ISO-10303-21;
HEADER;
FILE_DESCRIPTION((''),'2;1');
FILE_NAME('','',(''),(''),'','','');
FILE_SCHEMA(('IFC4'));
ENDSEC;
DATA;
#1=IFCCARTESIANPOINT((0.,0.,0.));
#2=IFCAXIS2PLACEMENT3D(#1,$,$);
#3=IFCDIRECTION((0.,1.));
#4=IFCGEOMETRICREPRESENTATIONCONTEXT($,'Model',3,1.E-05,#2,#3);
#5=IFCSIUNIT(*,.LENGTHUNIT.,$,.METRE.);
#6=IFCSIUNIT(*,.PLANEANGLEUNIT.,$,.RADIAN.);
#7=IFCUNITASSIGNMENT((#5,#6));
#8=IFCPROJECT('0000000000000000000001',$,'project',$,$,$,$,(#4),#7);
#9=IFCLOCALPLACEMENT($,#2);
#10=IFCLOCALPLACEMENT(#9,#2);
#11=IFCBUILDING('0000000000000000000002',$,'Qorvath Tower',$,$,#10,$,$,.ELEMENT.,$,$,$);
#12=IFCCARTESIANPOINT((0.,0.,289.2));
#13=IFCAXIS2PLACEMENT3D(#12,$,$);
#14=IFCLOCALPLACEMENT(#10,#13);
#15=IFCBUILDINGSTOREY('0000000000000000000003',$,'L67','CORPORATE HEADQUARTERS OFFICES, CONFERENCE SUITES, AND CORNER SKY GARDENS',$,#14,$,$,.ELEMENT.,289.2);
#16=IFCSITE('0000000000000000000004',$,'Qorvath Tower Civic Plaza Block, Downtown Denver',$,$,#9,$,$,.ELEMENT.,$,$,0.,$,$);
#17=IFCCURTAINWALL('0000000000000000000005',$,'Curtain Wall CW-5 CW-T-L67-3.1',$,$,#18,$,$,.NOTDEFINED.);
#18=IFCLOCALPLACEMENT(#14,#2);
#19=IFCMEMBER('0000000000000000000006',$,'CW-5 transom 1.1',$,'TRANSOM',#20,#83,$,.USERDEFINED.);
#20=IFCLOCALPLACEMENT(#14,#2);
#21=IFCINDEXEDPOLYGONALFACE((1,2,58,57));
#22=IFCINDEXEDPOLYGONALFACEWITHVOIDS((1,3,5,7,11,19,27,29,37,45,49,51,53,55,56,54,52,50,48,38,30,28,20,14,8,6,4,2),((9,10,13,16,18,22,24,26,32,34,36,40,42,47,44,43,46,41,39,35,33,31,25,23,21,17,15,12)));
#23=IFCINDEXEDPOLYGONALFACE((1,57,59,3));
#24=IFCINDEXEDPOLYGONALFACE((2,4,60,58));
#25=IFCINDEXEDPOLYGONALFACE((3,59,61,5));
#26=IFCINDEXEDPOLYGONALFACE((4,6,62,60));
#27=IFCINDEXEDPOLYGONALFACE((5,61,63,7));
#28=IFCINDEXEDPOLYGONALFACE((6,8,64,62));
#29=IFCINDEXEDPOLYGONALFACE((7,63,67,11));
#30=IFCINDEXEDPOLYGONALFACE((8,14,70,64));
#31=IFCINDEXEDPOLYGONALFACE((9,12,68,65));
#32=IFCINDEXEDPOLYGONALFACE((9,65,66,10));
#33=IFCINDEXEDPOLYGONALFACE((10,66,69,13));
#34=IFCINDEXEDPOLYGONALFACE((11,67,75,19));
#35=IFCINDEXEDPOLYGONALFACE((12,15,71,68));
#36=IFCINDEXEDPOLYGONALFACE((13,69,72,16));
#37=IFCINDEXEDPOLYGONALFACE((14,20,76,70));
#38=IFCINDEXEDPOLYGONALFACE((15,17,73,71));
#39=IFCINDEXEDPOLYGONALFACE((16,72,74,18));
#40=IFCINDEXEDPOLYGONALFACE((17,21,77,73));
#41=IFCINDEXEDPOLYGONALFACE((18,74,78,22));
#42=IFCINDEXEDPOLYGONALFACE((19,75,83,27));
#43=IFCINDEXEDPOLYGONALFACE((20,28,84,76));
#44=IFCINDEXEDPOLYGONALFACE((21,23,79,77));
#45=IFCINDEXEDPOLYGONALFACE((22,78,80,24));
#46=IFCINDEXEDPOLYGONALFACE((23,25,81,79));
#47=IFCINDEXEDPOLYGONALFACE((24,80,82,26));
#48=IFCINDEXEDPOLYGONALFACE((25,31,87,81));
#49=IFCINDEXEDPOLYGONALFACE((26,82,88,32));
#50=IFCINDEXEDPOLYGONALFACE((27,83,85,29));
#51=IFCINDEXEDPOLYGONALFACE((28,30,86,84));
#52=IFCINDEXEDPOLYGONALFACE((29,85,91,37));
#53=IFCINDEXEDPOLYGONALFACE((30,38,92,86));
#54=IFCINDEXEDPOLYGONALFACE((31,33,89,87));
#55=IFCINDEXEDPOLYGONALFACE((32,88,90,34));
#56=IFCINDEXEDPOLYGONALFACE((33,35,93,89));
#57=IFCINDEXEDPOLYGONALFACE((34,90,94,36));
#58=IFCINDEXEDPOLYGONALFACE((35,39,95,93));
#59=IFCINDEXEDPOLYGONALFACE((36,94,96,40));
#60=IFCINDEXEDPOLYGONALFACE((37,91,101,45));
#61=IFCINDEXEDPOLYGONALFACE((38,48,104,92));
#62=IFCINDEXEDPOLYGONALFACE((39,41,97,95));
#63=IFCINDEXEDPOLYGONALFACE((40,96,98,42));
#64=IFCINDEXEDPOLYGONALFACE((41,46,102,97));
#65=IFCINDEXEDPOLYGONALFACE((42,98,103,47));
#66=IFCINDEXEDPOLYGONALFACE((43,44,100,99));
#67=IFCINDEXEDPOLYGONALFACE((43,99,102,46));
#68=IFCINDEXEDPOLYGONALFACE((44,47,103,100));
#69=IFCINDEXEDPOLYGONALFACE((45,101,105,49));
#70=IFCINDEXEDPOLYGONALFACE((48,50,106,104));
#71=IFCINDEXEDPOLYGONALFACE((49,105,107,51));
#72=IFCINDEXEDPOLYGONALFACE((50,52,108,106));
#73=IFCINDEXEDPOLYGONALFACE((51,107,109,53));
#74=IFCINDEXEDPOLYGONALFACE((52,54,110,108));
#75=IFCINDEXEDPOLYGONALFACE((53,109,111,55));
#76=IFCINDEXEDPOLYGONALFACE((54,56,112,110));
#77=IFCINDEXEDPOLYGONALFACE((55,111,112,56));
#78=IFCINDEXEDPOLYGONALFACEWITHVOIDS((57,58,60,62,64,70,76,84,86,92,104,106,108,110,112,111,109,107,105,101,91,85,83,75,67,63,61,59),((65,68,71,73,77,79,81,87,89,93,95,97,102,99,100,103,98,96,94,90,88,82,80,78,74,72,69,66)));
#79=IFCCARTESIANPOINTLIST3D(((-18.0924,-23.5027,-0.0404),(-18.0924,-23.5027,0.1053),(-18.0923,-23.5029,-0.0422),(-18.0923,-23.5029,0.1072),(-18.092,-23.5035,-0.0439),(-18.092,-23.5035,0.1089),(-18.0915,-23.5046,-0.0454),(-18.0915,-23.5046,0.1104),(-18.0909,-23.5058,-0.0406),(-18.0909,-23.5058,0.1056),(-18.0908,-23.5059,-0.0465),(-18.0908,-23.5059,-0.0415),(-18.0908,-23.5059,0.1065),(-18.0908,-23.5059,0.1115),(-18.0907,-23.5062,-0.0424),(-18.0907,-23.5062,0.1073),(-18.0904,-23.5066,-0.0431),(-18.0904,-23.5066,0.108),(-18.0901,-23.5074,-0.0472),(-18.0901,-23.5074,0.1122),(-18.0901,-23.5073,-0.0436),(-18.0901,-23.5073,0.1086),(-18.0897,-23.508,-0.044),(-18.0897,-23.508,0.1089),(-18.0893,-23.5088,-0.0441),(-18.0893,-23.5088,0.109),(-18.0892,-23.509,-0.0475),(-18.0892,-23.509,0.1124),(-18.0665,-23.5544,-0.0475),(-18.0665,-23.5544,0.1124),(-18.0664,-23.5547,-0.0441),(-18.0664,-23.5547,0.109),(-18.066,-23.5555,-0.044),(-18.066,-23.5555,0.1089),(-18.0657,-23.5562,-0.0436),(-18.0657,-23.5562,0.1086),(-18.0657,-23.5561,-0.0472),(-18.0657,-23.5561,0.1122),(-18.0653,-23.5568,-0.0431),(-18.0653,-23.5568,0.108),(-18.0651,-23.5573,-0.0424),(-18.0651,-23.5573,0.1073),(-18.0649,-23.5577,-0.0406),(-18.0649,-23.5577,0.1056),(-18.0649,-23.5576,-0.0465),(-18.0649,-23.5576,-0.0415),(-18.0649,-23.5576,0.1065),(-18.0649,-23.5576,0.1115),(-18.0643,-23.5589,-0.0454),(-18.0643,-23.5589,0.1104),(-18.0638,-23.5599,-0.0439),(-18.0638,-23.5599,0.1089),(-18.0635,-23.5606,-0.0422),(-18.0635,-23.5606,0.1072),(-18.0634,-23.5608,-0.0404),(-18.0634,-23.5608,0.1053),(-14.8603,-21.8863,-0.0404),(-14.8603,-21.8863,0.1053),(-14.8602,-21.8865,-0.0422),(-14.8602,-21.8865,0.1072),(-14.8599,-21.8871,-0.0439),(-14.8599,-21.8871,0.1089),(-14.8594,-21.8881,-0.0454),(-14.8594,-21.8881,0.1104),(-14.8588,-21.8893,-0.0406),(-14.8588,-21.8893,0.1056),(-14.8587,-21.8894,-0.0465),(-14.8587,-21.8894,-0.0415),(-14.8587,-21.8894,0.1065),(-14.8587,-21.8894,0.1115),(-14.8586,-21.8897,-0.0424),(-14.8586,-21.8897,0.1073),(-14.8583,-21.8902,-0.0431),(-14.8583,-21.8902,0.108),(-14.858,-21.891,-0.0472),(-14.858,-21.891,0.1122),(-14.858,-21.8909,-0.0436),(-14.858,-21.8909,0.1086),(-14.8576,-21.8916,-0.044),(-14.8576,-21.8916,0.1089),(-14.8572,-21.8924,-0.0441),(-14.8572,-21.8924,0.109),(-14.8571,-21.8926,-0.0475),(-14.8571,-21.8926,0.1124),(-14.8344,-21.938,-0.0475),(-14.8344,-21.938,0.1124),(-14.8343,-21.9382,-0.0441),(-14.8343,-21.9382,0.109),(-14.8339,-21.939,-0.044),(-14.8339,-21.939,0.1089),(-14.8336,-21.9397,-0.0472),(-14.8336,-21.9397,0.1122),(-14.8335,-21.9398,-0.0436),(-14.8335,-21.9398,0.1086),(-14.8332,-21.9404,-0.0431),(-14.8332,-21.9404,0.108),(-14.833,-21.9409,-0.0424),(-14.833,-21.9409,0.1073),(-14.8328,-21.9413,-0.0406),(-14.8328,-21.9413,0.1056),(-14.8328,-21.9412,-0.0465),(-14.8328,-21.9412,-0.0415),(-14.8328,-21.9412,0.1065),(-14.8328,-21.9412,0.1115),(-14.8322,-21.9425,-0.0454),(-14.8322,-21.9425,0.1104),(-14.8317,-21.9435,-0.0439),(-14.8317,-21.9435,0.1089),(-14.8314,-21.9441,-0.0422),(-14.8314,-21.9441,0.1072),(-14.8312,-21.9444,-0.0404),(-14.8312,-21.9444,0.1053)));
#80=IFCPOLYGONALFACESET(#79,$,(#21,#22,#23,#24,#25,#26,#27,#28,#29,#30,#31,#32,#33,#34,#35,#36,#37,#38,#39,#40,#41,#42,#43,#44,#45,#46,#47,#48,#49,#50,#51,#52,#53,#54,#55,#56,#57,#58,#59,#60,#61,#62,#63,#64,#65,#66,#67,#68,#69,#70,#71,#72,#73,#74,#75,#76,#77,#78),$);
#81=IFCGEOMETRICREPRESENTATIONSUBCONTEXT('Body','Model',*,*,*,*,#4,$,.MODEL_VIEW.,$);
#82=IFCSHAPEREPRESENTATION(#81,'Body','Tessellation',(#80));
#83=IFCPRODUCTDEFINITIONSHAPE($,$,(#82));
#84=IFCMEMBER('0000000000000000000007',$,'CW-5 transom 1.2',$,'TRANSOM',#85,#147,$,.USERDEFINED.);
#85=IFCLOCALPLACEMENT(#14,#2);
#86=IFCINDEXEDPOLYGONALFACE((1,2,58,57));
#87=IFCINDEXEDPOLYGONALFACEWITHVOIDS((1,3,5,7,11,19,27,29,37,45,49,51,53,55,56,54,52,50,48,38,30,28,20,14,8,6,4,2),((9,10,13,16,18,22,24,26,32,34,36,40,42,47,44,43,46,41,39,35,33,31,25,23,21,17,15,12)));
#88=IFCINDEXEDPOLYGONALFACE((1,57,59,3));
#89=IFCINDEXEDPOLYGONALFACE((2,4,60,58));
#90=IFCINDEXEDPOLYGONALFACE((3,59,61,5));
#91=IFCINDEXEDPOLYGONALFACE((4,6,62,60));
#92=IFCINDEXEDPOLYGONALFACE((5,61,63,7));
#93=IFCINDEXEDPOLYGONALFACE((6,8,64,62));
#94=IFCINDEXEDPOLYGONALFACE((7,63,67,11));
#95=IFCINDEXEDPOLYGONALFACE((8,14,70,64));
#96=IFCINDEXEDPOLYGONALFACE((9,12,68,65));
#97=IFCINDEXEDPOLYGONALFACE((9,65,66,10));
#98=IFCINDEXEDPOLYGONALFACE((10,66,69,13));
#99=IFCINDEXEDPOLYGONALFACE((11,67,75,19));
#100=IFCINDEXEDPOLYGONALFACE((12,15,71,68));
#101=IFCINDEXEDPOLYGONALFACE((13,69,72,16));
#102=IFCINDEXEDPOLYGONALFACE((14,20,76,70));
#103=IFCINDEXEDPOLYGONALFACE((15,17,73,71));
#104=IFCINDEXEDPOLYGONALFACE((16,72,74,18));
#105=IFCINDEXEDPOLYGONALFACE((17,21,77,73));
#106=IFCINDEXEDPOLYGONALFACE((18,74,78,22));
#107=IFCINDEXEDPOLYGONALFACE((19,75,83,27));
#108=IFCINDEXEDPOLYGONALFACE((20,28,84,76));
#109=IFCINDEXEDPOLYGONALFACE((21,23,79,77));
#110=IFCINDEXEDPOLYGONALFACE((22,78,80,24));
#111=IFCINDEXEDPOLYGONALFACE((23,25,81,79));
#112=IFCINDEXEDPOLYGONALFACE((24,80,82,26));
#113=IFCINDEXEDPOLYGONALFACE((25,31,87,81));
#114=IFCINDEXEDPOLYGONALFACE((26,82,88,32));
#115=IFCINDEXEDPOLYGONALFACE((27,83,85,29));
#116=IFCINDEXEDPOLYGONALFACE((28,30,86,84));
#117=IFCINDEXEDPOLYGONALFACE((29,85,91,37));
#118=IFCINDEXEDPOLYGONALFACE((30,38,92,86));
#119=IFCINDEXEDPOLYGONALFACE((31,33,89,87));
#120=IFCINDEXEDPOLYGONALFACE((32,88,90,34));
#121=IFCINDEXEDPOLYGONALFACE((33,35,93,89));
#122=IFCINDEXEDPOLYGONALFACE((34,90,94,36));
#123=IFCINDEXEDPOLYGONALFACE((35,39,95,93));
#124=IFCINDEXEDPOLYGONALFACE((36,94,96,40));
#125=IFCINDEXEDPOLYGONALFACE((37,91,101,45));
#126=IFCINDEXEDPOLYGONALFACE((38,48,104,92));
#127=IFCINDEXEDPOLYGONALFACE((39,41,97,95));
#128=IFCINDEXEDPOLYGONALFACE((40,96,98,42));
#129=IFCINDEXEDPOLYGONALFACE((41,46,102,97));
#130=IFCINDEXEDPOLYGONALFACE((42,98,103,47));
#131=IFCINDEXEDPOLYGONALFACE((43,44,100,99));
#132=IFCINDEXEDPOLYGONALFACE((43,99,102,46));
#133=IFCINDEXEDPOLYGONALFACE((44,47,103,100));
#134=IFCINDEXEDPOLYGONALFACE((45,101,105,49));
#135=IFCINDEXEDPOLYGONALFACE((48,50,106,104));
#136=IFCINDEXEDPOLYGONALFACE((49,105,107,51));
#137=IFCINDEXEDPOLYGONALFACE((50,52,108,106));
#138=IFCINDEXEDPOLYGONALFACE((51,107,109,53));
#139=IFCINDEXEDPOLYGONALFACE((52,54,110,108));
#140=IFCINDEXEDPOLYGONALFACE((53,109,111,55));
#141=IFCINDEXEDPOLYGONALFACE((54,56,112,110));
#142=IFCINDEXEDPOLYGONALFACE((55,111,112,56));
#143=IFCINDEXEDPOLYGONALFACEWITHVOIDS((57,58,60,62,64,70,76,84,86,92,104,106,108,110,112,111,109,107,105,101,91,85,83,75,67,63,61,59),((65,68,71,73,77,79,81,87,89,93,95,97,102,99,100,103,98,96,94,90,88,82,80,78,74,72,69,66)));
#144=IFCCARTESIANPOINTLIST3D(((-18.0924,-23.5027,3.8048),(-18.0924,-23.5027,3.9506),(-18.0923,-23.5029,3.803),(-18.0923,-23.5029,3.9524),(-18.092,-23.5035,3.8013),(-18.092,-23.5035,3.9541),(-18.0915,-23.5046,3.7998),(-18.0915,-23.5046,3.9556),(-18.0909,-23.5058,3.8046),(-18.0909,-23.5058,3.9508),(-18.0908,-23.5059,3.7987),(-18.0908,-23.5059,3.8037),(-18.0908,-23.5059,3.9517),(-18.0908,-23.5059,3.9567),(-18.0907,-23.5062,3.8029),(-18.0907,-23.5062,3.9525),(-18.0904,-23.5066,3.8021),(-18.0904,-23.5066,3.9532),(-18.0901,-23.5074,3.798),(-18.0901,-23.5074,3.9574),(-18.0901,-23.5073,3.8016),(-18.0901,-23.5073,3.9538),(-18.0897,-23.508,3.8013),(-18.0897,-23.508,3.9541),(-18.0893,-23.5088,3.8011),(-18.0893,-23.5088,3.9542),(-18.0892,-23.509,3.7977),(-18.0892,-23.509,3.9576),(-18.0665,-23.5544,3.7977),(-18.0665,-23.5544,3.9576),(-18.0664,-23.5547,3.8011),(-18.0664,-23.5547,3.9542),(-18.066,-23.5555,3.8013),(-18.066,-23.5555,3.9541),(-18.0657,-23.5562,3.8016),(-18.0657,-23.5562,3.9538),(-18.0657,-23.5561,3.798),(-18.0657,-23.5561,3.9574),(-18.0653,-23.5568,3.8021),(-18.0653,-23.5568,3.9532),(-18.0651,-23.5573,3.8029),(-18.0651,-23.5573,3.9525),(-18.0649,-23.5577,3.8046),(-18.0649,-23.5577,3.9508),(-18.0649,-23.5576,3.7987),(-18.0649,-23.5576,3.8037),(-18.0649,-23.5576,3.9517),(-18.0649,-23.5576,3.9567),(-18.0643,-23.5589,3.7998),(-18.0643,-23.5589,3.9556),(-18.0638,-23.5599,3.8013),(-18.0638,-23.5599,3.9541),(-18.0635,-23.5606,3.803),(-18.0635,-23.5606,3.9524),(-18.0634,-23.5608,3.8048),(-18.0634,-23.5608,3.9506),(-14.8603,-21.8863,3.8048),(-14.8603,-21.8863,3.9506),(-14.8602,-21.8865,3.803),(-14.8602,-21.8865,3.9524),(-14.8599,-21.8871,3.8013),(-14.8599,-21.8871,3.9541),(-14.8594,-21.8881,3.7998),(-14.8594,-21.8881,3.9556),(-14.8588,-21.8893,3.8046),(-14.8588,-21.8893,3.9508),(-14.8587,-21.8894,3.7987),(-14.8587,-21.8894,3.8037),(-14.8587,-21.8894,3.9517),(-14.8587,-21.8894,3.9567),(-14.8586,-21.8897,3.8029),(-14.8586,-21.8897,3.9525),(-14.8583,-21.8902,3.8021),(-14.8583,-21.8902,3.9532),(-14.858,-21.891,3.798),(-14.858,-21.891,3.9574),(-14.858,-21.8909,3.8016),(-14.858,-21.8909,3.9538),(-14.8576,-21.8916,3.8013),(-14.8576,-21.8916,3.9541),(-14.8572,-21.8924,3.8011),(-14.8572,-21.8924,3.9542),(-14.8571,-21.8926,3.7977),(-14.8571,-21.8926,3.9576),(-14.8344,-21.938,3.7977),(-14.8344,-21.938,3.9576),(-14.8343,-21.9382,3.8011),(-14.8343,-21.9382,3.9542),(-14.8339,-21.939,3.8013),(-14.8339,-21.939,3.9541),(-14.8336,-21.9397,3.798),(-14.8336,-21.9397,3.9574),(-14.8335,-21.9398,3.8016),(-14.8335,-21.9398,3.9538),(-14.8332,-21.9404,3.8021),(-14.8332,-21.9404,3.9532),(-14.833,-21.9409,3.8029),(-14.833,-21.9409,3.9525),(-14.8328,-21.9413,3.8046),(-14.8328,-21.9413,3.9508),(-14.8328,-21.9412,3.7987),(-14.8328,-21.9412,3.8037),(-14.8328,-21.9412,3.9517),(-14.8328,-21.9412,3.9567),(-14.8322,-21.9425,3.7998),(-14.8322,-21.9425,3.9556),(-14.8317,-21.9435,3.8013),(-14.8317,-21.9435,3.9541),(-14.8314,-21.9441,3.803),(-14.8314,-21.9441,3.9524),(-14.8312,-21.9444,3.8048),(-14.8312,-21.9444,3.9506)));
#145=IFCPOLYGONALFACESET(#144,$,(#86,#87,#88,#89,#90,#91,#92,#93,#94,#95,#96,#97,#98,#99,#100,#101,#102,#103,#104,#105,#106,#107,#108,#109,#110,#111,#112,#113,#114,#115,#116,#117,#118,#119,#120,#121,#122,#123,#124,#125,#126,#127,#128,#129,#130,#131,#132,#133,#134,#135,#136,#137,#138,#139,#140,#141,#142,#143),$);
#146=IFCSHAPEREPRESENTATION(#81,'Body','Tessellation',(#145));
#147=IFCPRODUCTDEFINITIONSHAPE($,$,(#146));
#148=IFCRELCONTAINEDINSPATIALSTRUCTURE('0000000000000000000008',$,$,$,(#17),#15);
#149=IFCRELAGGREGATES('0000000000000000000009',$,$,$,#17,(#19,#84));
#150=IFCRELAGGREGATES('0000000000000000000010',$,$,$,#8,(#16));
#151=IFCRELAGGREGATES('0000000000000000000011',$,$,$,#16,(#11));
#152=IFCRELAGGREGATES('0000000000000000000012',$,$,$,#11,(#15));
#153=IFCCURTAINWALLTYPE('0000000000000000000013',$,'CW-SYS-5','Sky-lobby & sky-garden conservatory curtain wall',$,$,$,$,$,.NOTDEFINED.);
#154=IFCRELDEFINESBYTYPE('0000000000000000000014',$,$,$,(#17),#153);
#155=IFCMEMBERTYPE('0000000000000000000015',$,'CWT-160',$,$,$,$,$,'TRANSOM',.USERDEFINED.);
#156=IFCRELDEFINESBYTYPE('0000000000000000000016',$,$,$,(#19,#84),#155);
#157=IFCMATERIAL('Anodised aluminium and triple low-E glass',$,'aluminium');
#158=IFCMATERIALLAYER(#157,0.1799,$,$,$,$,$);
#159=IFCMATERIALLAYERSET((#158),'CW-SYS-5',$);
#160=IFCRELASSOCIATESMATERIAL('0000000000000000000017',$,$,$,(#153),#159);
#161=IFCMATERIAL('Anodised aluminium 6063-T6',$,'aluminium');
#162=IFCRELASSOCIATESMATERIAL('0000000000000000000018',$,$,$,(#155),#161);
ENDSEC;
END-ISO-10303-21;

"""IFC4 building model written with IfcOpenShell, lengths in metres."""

from ifc_helpers import new_model, si_unit, direction, frame, origin, origin_2d, place, context, subcontext, project, spatial, hollow_rectangle, extrude, material, layer, layer_set, material_profile, profile_set, type_object, element, aggregate, save


model = new_model("IFC4")

# Units and contexts
model_context = context("Model", 3, precision=1e-05, world=origin(), true_north=direction((0.0, 1.0)))
body_context = subcontext(model_context, "Body", "Model", "MODEL_VIEW")
ifc_project = project(units=[si_unit("LENGTHUNIT", "METRE"), si_unit("PLANEANGLEUNIT", "RADIAN")], contexts=[model_context])

# Site, building, storey
site_placement = place(None, origin())
site = spatial("IfcSite", under=ifc_project, at=site_placement, Name="Qorvath Tower Civic Plaza Block, Downtown Denver", CompositionType="ELEMENT", RefElevation=0.0)
building_placement = place(site_placement, origin())
building = spatial("IfcBuilding", under=site, at=building_placement, Name="Qorvath Tower", CompositionType="ELEMENT")
storey_placement = place(building_placement, frame((0.0, 0.0, 289.2)))
storey = spatial("IfcBuildingStorey", under=building, at=storey_placement, Name="L67", Description="CORPORATE HEADQUARTERS OFFICES, CONFERENCE SUITES, AND CORNER SKY GARDENS", CompositionType="ELEMENT", Elevation=289.2)

# Shared definitions
ifc_material_1 = material(Name="Anodised aluminium and triple low-E glass", Category="aluminium")
ifc_layer_1 = layer(ifc_material_1, 0.1799)
ifc_layer_set_1 = layer_set([ifc_layer_1], Name="CW-SYS-5")
curtain_wall_type = type_object("IfcCurtainWallType", Name="CW-SYS-5", Description="Sky-lobby & sky-garden conservatory curtain wall", PredefinedType="NOTDEFINED", material=ifc_layer_set_1)

# Curtain wall
curtain_wall_1_placement = place(storey_placement, origin())
curtain_wall_1 = element("IfcCurtainWall", 1, at=curtain_wall_1_placement, inside=storey, type_object=curtain_wall_type, Name="Curtain Wall CW-5 CW-T-L67-3.1", PredefinedType="NOTDEFINED")

# Members
ifc_material_2 = material(Name="Anodised aluminium 6063-T6", Category="aluminium")
ifc_material_profile_1 = material_profile(ifc_material_2, hollow_rectangle(XDim=0.0649, YDim=0.1599, WallThickness=0.0034, InnerFilletRadius=0.0034, OuterFilletRadius=0.0071, at=origin_2d()), Name="CWT 160x65")
ifc_profile_set_1 = profile_set([ifc_material_profile_1], Name="Anodised aluminium 6063-T6")
member_type_1 = type_object("IfcMemberType", Name="CWT-160", ElementType="TRANSOM", PredefinedType="USERDEFINED", material=ifc_profile_set_1)
member_1_placement = place(storey_placement, frame((-18.0779, -23.5317, 0.0325), z_axis=(0.894387, 0.447295, 0.0), x_axis=(-0.447295, 0.894387, 0.0)))
member_1 = element("IfcMember", 2, at=member_1_placement, type_object=member_type_1, Name="CW-5 transom 1.1", ObjectType="TRANSOM", PredefinedType="USERDEFINED", context=body_context, shape_type="SweptSolid", body=[
    extrude(hollow_rectangle(XDim=0.0649, YDim=0.1599, WallThickness=0.0034, InnerFilletRadius=0.0034, OuterFilletRadius=0.0071, at=origin_2d()), origin(), (0.0, 0.0, 1.0), 3.6138),
])
member_2_placement = place(storey_placement, frame((-18.0779, -23.5317, 3.8777), z_axis=(0.894387, 0.447295, 0.0), x_axis=(-0.447295, 0.894387, 0.0)))
member_2 = element("IfcMember", 3, at=member_2_placement, type_object=member_type_1, Name="CW-5 transom 1.2", ObjectType="TRANSOM", PredefinedType="USERDEFINED", context=body_context, shape_type="SweptSolid", body=[
    extrude(hollow_rectangle(XDim=0.0649, YDim=0.1599, WallThickness=0.0034, InnerFilletRadius=0.0034, OuterFilletRadius=0.0071, at=origin_2d()), origin(), (0.0, 0.0, 1.0), 3.6138),
])

aggregate(curtain_wall_1, [member_1, member_2])

save(model, "model.ifc")
